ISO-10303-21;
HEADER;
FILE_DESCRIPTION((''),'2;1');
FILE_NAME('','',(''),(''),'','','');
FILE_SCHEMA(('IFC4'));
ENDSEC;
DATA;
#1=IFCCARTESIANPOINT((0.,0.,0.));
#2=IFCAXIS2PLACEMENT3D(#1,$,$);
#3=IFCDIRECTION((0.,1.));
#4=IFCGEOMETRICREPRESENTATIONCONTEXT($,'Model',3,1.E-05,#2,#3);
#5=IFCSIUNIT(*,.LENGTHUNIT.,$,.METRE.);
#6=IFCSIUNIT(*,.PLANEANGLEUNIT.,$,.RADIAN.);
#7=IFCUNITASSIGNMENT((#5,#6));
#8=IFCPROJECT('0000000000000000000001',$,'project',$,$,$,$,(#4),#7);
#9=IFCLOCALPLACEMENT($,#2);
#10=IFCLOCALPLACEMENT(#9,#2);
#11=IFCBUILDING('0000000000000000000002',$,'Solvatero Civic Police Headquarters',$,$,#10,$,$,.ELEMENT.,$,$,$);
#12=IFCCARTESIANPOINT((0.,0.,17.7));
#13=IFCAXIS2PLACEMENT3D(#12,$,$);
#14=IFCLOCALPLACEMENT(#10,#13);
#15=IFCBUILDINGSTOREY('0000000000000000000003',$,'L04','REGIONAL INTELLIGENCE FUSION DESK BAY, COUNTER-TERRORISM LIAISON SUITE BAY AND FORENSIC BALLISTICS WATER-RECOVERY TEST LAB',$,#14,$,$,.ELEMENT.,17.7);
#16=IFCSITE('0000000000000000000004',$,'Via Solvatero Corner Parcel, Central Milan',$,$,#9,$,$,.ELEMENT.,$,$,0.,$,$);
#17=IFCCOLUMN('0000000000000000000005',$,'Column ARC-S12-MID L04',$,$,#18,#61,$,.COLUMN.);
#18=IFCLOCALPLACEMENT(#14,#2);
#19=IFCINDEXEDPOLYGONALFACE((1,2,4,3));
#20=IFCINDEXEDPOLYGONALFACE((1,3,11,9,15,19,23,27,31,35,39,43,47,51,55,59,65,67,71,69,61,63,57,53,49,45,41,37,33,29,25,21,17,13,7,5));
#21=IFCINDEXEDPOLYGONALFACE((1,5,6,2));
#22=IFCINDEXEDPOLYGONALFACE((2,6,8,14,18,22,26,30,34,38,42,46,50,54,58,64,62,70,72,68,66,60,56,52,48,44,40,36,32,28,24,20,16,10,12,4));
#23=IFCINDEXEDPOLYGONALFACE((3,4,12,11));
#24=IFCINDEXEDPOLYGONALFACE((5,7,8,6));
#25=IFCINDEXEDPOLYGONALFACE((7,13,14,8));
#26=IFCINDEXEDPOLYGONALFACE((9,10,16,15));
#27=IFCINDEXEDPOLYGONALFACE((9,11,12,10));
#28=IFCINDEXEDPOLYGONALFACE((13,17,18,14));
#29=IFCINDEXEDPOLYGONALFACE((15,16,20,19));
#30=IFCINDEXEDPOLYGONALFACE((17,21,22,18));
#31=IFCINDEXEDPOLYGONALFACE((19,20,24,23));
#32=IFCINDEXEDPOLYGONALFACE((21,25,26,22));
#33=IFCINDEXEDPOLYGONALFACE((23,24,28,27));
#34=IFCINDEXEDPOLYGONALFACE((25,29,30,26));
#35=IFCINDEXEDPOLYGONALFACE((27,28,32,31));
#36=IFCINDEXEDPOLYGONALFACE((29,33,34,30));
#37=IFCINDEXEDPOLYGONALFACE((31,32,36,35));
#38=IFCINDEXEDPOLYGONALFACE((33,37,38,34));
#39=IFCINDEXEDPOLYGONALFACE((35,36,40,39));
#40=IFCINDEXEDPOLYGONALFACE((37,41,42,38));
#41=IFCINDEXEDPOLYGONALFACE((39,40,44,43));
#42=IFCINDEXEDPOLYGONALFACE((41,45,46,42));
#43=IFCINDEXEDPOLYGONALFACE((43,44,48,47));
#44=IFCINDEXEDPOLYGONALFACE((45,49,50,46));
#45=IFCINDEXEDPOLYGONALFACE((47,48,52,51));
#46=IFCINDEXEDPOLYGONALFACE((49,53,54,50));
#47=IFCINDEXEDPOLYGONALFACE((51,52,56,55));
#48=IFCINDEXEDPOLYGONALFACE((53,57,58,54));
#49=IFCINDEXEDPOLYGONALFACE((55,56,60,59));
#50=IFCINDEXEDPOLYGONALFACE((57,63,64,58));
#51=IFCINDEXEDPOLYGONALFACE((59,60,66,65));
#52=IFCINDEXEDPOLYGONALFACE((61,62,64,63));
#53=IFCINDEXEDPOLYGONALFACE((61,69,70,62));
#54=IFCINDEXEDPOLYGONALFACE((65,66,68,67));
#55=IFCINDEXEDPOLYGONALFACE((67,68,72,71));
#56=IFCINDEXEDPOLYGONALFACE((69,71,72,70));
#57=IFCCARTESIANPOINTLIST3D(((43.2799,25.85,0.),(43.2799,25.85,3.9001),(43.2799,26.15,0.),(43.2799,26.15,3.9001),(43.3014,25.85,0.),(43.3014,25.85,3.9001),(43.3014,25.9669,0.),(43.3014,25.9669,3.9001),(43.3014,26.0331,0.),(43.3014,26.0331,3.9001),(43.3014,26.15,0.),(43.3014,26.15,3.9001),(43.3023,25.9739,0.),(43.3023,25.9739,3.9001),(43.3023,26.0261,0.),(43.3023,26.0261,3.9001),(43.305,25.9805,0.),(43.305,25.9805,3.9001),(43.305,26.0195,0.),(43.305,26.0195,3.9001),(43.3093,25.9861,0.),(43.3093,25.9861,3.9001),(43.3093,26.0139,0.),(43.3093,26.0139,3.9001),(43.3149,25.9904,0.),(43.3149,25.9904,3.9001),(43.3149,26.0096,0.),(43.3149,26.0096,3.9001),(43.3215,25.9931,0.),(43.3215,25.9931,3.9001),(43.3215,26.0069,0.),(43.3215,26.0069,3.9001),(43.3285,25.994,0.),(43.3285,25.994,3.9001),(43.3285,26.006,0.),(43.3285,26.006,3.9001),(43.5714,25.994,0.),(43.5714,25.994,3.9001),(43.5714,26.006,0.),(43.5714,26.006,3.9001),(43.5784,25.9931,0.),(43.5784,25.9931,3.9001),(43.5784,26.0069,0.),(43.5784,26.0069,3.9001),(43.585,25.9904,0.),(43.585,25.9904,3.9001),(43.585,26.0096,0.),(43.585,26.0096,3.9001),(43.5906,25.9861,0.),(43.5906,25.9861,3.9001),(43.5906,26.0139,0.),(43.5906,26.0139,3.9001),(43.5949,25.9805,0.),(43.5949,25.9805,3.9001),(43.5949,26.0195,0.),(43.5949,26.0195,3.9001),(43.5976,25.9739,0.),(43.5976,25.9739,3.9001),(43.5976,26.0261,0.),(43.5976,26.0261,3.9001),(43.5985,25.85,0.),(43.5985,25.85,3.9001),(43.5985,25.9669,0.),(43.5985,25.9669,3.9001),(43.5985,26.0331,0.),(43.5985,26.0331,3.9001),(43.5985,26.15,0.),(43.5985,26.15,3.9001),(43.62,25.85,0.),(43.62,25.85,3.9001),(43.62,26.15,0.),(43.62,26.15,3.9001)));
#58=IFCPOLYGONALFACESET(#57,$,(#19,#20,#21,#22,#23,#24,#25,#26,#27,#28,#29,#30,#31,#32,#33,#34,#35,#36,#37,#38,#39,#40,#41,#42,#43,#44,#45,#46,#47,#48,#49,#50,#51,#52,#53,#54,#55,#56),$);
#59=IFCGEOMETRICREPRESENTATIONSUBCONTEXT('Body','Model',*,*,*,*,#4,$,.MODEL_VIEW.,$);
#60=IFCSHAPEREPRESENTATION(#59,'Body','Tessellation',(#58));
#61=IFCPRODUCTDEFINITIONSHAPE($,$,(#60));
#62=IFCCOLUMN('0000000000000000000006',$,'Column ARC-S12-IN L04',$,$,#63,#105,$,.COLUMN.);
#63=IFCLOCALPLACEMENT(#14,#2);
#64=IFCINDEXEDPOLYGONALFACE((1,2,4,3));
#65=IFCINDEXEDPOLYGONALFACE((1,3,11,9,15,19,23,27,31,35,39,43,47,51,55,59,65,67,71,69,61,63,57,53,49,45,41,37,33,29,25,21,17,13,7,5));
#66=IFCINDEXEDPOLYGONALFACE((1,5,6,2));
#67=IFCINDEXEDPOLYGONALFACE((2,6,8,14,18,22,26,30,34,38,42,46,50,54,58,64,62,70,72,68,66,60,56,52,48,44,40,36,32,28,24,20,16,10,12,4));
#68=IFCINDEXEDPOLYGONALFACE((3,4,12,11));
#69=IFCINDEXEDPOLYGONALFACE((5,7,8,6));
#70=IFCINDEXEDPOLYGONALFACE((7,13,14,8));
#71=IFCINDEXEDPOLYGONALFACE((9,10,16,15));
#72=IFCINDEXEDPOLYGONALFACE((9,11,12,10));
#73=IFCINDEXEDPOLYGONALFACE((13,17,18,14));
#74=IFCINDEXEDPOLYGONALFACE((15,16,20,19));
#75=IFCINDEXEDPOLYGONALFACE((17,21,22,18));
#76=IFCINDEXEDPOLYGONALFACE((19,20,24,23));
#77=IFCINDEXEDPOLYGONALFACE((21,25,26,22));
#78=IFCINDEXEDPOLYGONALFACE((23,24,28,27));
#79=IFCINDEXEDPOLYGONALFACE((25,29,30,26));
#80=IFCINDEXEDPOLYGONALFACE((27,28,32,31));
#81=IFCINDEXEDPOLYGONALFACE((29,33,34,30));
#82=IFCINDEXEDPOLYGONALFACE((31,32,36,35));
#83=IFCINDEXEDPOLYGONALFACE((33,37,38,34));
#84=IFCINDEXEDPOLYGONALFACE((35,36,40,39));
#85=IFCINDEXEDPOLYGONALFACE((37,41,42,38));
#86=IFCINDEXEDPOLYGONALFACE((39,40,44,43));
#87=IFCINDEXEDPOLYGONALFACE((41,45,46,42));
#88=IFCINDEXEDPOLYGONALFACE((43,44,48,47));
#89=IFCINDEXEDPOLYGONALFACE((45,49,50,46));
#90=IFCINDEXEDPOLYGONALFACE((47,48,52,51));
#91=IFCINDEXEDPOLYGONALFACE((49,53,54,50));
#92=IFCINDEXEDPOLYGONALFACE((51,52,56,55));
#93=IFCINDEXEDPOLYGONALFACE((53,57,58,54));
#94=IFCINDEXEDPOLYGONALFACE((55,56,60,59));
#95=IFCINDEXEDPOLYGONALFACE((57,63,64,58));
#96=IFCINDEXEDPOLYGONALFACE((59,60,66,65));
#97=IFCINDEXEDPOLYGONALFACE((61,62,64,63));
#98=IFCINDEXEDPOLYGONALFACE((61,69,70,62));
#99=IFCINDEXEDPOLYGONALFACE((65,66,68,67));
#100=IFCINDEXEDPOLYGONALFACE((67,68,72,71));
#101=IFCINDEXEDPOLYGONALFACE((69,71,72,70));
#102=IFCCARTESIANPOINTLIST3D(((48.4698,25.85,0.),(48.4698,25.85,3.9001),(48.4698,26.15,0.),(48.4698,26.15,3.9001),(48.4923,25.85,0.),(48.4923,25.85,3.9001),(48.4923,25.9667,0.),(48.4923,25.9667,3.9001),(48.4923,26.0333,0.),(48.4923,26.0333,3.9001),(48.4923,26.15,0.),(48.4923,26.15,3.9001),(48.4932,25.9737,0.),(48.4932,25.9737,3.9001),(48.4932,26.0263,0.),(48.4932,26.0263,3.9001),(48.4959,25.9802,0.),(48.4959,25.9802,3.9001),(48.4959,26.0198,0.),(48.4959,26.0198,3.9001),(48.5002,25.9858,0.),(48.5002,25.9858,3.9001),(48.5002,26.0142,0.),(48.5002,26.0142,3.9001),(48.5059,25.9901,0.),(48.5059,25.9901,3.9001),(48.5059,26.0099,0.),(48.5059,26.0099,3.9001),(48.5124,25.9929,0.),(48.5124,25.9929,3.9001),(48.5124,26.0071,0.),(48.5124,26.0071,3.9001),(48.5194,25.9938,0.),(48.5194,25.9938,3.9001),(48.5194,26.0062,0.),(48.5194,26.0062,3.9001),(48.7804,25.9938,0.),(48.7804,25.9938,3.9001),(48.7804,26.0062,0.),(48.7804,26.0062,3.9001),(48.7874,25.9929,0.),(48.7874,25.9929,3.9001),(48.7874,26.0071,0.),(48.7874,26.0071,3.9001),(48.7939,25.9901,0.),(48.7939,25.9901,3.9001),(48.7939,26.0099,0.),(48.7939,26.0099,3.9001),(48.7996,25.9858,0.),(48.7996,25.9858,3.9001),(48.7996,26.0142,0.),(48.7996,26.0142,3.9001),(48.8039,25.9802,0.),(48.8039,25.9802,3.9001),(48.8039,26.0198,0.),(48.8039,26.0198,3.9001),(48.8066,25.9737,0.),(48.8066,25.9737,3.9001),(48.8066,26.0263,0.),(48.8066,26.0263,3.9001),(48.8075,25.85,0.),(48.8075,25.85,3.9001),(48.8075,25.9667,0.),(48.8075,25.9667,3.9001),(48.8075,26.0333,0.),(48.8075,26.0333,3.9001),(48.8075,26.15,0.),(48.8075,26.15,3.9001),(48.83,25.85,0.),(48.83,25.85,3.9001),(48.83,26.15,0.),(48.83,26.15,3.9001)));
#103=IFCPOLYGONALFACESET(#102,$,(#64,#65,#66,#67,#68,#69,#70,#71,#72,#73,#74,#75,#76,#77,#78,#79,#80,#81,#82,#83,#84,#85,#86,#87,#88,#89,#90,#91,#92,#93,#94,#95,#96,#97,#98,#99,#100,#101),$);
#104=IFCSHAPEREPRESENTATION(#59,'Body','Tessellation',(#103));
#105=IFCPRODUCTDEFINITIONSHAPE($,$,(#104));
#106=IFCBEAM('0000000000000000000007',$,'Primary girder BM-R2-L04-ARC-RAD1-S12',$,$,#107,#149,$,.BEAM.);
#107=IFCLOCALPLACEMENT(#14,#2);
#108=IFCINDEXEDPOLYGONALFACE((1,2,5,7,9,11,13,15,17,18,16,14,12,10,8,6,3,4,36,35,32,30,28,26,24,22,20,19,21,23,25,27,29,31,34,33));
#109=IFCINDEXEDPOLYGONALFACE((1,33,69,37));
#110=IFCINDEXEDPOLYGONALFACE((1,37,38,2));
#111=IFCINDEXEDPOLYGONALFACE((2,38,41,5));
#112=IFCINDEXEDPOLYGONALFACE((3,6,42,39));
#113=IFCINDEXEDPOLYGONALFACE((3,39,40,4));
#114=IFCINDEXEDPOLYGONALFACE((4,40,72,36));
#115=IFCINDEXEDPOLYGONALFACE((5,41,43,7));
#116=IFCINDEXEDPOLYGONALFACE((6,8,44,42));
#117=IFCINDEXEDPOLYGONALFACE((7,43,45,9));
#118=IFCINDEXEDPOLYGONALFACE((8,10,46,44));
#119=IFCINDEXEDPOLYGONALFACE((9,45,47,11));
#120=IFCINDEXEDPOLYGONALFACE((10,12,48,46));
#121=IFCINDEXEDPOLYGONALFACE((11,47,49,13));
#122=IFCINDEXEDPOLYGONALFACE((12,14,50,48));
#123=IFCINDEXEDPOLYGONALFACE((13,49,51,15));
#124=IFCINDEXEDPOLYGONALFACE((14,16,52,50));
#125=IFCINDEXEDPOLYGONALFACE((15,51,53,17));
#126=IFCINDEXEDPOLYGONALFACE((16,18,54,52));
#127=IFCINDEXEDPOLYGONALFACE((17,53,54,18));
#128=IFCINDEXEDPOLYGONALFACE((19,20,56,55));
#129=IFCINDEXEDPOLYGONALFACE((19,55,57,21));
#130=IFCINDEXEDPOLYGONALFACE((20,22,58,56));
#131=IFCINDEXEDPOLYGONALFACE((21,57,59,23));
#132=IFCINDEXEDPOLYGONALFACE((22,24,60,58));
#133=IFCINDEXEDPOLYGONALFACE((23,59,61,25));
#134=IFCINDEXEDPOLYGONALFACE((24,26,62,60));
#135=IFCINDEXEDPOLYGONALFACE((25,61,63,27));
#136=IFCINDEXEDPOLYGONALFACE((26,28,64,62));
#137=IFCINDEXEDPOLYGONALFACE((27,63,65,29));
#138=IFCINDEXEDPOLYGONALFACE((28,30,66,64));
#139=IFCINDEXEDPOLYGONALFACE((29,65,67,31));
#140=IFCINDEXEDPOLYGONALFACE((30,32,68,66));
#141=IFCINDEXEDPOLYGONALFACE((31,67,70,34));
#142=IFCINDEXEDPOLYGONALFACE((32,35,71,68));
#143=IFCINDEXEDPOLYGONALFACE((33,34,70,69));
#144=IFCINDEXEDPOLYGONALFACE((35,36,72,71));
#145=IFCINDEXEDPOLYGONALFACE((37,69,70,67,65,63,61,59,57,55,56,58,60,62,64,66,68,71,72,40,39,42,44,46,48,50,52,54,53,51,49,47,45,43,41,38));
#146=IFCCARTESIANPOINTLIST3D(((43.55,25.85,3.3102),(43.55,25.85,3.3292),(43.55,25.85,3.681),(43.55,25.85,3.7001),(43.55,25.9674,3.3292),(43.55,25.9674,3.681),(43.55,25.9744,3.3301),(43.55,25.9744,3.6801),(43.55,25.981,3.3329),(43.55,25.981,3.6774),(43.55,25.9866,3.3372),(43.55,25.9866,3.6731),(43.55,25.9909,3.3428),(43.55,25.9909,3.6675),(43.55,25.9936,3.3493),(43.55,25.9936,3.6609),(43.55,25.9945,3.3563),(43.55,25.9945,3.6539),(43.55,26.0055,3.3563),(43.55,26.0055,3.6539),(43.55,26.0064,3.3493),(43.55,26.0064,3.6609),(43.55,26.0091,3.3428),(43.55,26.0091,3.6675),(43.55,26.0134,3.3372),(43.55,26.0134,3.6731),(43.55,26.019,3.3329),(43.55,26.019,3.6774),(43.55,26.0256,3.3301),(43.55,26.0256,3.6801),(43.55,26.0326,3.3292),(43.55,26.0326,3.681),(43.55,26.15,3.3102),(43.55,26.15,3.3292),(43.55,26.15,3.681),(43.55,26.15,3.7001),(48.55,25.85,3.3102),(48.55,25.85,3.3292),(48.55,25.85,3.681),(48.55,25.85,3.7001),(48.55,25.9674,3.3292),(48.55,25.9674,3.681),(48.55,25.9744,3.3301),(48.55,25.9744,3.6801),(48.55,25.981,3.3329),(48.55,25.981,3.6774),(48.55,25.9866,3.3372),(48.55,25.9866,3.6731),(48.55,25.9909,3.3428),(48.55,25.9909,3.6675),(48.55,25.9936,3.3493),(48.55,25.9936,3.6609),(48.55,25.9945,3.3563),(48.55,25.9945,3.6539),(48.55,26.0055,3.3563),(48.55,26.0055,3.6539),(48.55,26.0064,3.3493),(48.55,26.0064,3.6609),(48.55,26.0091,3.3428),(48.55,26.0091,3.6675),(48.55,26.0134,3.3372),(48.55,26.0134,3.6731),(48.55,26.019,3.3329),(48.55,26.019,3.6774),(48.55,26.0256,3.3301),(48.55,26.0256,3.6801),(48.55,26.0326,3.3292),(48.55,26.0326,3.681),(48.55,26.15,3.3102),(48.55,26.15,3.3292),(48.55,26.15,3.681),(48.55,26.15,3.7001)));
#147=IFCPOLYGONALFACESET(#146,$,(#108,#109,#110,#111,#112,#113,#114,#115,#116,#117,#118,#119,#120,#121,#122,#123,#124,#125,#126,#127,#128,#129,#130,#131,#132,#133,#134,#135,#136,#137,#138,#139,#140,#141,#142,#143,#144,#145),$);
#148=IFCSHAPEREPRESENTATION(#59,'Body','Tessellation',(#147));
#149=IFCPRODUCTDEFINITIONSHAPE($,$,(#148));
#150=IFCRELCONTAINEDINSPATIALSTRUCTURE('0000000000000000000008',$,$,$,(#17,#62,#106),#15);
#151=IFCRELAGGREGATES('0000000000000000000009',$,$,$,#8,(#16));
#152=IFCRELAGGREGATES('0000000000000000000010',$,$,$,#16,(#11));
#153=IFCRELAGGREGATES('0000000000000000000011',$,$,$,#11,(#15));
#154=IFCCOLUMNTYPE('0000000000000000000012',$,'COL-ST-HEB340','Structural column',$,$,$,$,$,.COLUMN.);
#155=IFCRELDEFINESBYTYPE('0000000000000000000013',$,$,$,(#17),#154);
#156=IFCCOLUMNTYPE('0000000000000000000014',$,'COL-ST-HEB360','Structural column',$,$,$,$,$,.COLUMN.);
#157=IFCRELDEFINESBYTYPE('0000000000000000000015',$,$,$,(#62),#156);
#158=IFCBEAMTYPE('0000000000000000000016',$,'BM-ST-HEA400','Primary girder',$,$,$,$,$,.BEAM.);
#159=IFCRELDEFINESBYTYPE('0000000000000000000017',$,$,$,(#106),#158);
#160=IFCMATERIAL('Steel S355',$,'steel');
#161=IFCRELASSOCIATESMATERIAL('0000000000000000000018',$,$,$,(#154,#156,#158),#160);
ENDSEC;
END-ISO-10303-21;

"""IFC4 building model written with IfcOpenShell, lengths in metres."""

from ifc_helpers import new_model, si_unit, direction, frame, origin, origin_2d, place, context, subcontext, project, spatial, i_section, extrude, material, material_profile, profile_set, type_object, element, save


model = new_model("IFC4")

# Units and contexts
model_context = context("Model", 3, precision=1e-05, world=origin(), true_north=direction((0.0, 1.0)))
body_context = subcontext(model_context, "Body", "Model", "MODEL_VIEW")
ifc_project = project(units=[si_unit("LENGTHUNIT", "METRE"), si_unit("PLANEANGLEUNIT", "RADIAN")], contexts=[model_context])

# Site, building, storey
site_placement = place(None, origin())
site = spatial("IfcSite", under=ifc_project, at=site_placement, Name="Via Solvatero Corner Parcel, Central Milan", CompositionType="ELEMENT", RefElevation=0.0)
building_placement = place(site_placement, origin())
building = spatial("IfcBuilding", under=site, at=building_placement, Name="Solvatero Civic Police Headquarters", CompositionType="ELEMENT")
storey_placement = place(building_placement, frame((0.0, 0.0, 17.7)))
storey = spatial("IfcBuildingStorey", under=building, at=storey_placement, Name="L04", Description="REGIONAL INTELLIGENCE FUSION DESK BAY, COUNTER-TERRORISM LIAISON SUITE BAY AND FORENSIC BALLISTICS WATER-RECOVERY TEST LAB", CompositionType="ELEMENT", Elevation=17.7)

# Columns
ifc_material_1 = material(Name="Steel S355", Category="steel")
ifc_material_profile_1 = material_profile(ifc_material_1, i_section(OverallWidth=0.3, OverallDepth=0.3401, WebThickness=0.012, FlangeThickness=0.0215, FilletRadius=0.0271, at=origin_2d()), Name="HEB 340")
ifc_profile_set_1 = profile_set([ifc_material_profile_1], Name="Steel S355")
column_type_1 = type_object("IfcColumnType", Name="COL-ST-HEB340", Description="Structural column", PredefinedType="COLUMN", material=ifc_profile_set_1)
column_1_placement = place(storey_placement, frame((43.45, 26.0, 0.0), z_axis=(0.0, 0.0, 1.0), x_axis=(0.0, 1.0, 0.0)))
element("IfcColumn", 1, at=column_1_placement, inside=storey, type_object=column_type_1, Name="Column ARC-S12-MID L04", PredefinedType="COLUMN", context=body_context, shape_type="SweptSolid", body=[
    extrude(i_section(OverallWidth=0.3, OverallDepth=0.3401, WebThickness=0.012, FlangeThickness=0.0215, FilletRadius=0.0271, at=origin_2d()), origin(), (0.0, 0.0, 1.0), 3.9001),
])
ifc_material_profile_2 = material_profile(ifc_material_1, i_section(OverallWidth=0.3, OverallDepth=0.3601, WebThickness=0.0125, FlangeThickness=0.0225, FilletRadius=0.0271, at=origin_2d()), Name="HEB 360")
ifc_profile_set_2 = profile_set([ifc_material_profile_2], Name="Steel S355")
column_type_2 = type_object("IfcColumnType", Name="COL-ST-HEB360", Description="Structural column", PredefinedType="COLUMN", material=ifc_profile_set_2)
column_2_placement = place(storey_placement, frame((48.6499, 26.0, 0.0), z_axis=(0.0, 0.0, 1.0), x_axis=(0.0, 1.0, 0.0)))
element("IfcColumn", 2, at=column_2_placement, inside=storey, type_object=column_type_2, Name="Column ARC-S12-IN L04", PredefinedType="COLUMN", context=body_context, shape_type="SweptSolid", body=[
    extrude(i_section(OverallWidth=0.3, OverallDepth=0.3601, WebThickness=0.0125, FlangeThickness=0.0225, FilletRadius=0.0271, at=origin_2d()), origin(), (0.0, 0.0, 1.0), 3.9001),
])

# Beam
ifc_material_profile_3 = material_profile(ifc_material_1, i_section(OverallWidth=0.3, OverallDepth=0.3899, WebThickness=0.011, FlangeThickness=0.019, FilletRadius=0.0271, at=origin_2d()), Name="HEA 400")
ifc_profile_set_3 = profile_set([ifc_material_profile_3], Name="Steel S355")
beam_type_1 = type_object("IfcBeamType", Name="BM-ST-HEA400", Description="Primary girder", PredefinedType="BEAM", material=ifc_profile_set_3)
beam_1_placement = place(storey_placement, frame((48.55, 26.0, 3.5051), z_axis=(-1.0, 0.0, 0.0), x_axis=(0.0, -1.0, 0.0)))
element("IfcBeam", 3, at=beam_1_placement, inside=storey, type_object=beam_type_1, Name="Primary girder BM-R2-L04-ARC-RAD1-S12", PredefinedType="BEAM", context=body_context, shape_type="SweptSolid", body=[
    extrude(i_section(OverallWidth=0.3, OverallDepth=0.3899, WebThickness=0.011, FlangeThickness=0.019, FilletRadius=0.0271, at=origin_2d()), origin(), (0.0, 0.0, 1.0), 5.0),
])

save(model, "model.ifc")
